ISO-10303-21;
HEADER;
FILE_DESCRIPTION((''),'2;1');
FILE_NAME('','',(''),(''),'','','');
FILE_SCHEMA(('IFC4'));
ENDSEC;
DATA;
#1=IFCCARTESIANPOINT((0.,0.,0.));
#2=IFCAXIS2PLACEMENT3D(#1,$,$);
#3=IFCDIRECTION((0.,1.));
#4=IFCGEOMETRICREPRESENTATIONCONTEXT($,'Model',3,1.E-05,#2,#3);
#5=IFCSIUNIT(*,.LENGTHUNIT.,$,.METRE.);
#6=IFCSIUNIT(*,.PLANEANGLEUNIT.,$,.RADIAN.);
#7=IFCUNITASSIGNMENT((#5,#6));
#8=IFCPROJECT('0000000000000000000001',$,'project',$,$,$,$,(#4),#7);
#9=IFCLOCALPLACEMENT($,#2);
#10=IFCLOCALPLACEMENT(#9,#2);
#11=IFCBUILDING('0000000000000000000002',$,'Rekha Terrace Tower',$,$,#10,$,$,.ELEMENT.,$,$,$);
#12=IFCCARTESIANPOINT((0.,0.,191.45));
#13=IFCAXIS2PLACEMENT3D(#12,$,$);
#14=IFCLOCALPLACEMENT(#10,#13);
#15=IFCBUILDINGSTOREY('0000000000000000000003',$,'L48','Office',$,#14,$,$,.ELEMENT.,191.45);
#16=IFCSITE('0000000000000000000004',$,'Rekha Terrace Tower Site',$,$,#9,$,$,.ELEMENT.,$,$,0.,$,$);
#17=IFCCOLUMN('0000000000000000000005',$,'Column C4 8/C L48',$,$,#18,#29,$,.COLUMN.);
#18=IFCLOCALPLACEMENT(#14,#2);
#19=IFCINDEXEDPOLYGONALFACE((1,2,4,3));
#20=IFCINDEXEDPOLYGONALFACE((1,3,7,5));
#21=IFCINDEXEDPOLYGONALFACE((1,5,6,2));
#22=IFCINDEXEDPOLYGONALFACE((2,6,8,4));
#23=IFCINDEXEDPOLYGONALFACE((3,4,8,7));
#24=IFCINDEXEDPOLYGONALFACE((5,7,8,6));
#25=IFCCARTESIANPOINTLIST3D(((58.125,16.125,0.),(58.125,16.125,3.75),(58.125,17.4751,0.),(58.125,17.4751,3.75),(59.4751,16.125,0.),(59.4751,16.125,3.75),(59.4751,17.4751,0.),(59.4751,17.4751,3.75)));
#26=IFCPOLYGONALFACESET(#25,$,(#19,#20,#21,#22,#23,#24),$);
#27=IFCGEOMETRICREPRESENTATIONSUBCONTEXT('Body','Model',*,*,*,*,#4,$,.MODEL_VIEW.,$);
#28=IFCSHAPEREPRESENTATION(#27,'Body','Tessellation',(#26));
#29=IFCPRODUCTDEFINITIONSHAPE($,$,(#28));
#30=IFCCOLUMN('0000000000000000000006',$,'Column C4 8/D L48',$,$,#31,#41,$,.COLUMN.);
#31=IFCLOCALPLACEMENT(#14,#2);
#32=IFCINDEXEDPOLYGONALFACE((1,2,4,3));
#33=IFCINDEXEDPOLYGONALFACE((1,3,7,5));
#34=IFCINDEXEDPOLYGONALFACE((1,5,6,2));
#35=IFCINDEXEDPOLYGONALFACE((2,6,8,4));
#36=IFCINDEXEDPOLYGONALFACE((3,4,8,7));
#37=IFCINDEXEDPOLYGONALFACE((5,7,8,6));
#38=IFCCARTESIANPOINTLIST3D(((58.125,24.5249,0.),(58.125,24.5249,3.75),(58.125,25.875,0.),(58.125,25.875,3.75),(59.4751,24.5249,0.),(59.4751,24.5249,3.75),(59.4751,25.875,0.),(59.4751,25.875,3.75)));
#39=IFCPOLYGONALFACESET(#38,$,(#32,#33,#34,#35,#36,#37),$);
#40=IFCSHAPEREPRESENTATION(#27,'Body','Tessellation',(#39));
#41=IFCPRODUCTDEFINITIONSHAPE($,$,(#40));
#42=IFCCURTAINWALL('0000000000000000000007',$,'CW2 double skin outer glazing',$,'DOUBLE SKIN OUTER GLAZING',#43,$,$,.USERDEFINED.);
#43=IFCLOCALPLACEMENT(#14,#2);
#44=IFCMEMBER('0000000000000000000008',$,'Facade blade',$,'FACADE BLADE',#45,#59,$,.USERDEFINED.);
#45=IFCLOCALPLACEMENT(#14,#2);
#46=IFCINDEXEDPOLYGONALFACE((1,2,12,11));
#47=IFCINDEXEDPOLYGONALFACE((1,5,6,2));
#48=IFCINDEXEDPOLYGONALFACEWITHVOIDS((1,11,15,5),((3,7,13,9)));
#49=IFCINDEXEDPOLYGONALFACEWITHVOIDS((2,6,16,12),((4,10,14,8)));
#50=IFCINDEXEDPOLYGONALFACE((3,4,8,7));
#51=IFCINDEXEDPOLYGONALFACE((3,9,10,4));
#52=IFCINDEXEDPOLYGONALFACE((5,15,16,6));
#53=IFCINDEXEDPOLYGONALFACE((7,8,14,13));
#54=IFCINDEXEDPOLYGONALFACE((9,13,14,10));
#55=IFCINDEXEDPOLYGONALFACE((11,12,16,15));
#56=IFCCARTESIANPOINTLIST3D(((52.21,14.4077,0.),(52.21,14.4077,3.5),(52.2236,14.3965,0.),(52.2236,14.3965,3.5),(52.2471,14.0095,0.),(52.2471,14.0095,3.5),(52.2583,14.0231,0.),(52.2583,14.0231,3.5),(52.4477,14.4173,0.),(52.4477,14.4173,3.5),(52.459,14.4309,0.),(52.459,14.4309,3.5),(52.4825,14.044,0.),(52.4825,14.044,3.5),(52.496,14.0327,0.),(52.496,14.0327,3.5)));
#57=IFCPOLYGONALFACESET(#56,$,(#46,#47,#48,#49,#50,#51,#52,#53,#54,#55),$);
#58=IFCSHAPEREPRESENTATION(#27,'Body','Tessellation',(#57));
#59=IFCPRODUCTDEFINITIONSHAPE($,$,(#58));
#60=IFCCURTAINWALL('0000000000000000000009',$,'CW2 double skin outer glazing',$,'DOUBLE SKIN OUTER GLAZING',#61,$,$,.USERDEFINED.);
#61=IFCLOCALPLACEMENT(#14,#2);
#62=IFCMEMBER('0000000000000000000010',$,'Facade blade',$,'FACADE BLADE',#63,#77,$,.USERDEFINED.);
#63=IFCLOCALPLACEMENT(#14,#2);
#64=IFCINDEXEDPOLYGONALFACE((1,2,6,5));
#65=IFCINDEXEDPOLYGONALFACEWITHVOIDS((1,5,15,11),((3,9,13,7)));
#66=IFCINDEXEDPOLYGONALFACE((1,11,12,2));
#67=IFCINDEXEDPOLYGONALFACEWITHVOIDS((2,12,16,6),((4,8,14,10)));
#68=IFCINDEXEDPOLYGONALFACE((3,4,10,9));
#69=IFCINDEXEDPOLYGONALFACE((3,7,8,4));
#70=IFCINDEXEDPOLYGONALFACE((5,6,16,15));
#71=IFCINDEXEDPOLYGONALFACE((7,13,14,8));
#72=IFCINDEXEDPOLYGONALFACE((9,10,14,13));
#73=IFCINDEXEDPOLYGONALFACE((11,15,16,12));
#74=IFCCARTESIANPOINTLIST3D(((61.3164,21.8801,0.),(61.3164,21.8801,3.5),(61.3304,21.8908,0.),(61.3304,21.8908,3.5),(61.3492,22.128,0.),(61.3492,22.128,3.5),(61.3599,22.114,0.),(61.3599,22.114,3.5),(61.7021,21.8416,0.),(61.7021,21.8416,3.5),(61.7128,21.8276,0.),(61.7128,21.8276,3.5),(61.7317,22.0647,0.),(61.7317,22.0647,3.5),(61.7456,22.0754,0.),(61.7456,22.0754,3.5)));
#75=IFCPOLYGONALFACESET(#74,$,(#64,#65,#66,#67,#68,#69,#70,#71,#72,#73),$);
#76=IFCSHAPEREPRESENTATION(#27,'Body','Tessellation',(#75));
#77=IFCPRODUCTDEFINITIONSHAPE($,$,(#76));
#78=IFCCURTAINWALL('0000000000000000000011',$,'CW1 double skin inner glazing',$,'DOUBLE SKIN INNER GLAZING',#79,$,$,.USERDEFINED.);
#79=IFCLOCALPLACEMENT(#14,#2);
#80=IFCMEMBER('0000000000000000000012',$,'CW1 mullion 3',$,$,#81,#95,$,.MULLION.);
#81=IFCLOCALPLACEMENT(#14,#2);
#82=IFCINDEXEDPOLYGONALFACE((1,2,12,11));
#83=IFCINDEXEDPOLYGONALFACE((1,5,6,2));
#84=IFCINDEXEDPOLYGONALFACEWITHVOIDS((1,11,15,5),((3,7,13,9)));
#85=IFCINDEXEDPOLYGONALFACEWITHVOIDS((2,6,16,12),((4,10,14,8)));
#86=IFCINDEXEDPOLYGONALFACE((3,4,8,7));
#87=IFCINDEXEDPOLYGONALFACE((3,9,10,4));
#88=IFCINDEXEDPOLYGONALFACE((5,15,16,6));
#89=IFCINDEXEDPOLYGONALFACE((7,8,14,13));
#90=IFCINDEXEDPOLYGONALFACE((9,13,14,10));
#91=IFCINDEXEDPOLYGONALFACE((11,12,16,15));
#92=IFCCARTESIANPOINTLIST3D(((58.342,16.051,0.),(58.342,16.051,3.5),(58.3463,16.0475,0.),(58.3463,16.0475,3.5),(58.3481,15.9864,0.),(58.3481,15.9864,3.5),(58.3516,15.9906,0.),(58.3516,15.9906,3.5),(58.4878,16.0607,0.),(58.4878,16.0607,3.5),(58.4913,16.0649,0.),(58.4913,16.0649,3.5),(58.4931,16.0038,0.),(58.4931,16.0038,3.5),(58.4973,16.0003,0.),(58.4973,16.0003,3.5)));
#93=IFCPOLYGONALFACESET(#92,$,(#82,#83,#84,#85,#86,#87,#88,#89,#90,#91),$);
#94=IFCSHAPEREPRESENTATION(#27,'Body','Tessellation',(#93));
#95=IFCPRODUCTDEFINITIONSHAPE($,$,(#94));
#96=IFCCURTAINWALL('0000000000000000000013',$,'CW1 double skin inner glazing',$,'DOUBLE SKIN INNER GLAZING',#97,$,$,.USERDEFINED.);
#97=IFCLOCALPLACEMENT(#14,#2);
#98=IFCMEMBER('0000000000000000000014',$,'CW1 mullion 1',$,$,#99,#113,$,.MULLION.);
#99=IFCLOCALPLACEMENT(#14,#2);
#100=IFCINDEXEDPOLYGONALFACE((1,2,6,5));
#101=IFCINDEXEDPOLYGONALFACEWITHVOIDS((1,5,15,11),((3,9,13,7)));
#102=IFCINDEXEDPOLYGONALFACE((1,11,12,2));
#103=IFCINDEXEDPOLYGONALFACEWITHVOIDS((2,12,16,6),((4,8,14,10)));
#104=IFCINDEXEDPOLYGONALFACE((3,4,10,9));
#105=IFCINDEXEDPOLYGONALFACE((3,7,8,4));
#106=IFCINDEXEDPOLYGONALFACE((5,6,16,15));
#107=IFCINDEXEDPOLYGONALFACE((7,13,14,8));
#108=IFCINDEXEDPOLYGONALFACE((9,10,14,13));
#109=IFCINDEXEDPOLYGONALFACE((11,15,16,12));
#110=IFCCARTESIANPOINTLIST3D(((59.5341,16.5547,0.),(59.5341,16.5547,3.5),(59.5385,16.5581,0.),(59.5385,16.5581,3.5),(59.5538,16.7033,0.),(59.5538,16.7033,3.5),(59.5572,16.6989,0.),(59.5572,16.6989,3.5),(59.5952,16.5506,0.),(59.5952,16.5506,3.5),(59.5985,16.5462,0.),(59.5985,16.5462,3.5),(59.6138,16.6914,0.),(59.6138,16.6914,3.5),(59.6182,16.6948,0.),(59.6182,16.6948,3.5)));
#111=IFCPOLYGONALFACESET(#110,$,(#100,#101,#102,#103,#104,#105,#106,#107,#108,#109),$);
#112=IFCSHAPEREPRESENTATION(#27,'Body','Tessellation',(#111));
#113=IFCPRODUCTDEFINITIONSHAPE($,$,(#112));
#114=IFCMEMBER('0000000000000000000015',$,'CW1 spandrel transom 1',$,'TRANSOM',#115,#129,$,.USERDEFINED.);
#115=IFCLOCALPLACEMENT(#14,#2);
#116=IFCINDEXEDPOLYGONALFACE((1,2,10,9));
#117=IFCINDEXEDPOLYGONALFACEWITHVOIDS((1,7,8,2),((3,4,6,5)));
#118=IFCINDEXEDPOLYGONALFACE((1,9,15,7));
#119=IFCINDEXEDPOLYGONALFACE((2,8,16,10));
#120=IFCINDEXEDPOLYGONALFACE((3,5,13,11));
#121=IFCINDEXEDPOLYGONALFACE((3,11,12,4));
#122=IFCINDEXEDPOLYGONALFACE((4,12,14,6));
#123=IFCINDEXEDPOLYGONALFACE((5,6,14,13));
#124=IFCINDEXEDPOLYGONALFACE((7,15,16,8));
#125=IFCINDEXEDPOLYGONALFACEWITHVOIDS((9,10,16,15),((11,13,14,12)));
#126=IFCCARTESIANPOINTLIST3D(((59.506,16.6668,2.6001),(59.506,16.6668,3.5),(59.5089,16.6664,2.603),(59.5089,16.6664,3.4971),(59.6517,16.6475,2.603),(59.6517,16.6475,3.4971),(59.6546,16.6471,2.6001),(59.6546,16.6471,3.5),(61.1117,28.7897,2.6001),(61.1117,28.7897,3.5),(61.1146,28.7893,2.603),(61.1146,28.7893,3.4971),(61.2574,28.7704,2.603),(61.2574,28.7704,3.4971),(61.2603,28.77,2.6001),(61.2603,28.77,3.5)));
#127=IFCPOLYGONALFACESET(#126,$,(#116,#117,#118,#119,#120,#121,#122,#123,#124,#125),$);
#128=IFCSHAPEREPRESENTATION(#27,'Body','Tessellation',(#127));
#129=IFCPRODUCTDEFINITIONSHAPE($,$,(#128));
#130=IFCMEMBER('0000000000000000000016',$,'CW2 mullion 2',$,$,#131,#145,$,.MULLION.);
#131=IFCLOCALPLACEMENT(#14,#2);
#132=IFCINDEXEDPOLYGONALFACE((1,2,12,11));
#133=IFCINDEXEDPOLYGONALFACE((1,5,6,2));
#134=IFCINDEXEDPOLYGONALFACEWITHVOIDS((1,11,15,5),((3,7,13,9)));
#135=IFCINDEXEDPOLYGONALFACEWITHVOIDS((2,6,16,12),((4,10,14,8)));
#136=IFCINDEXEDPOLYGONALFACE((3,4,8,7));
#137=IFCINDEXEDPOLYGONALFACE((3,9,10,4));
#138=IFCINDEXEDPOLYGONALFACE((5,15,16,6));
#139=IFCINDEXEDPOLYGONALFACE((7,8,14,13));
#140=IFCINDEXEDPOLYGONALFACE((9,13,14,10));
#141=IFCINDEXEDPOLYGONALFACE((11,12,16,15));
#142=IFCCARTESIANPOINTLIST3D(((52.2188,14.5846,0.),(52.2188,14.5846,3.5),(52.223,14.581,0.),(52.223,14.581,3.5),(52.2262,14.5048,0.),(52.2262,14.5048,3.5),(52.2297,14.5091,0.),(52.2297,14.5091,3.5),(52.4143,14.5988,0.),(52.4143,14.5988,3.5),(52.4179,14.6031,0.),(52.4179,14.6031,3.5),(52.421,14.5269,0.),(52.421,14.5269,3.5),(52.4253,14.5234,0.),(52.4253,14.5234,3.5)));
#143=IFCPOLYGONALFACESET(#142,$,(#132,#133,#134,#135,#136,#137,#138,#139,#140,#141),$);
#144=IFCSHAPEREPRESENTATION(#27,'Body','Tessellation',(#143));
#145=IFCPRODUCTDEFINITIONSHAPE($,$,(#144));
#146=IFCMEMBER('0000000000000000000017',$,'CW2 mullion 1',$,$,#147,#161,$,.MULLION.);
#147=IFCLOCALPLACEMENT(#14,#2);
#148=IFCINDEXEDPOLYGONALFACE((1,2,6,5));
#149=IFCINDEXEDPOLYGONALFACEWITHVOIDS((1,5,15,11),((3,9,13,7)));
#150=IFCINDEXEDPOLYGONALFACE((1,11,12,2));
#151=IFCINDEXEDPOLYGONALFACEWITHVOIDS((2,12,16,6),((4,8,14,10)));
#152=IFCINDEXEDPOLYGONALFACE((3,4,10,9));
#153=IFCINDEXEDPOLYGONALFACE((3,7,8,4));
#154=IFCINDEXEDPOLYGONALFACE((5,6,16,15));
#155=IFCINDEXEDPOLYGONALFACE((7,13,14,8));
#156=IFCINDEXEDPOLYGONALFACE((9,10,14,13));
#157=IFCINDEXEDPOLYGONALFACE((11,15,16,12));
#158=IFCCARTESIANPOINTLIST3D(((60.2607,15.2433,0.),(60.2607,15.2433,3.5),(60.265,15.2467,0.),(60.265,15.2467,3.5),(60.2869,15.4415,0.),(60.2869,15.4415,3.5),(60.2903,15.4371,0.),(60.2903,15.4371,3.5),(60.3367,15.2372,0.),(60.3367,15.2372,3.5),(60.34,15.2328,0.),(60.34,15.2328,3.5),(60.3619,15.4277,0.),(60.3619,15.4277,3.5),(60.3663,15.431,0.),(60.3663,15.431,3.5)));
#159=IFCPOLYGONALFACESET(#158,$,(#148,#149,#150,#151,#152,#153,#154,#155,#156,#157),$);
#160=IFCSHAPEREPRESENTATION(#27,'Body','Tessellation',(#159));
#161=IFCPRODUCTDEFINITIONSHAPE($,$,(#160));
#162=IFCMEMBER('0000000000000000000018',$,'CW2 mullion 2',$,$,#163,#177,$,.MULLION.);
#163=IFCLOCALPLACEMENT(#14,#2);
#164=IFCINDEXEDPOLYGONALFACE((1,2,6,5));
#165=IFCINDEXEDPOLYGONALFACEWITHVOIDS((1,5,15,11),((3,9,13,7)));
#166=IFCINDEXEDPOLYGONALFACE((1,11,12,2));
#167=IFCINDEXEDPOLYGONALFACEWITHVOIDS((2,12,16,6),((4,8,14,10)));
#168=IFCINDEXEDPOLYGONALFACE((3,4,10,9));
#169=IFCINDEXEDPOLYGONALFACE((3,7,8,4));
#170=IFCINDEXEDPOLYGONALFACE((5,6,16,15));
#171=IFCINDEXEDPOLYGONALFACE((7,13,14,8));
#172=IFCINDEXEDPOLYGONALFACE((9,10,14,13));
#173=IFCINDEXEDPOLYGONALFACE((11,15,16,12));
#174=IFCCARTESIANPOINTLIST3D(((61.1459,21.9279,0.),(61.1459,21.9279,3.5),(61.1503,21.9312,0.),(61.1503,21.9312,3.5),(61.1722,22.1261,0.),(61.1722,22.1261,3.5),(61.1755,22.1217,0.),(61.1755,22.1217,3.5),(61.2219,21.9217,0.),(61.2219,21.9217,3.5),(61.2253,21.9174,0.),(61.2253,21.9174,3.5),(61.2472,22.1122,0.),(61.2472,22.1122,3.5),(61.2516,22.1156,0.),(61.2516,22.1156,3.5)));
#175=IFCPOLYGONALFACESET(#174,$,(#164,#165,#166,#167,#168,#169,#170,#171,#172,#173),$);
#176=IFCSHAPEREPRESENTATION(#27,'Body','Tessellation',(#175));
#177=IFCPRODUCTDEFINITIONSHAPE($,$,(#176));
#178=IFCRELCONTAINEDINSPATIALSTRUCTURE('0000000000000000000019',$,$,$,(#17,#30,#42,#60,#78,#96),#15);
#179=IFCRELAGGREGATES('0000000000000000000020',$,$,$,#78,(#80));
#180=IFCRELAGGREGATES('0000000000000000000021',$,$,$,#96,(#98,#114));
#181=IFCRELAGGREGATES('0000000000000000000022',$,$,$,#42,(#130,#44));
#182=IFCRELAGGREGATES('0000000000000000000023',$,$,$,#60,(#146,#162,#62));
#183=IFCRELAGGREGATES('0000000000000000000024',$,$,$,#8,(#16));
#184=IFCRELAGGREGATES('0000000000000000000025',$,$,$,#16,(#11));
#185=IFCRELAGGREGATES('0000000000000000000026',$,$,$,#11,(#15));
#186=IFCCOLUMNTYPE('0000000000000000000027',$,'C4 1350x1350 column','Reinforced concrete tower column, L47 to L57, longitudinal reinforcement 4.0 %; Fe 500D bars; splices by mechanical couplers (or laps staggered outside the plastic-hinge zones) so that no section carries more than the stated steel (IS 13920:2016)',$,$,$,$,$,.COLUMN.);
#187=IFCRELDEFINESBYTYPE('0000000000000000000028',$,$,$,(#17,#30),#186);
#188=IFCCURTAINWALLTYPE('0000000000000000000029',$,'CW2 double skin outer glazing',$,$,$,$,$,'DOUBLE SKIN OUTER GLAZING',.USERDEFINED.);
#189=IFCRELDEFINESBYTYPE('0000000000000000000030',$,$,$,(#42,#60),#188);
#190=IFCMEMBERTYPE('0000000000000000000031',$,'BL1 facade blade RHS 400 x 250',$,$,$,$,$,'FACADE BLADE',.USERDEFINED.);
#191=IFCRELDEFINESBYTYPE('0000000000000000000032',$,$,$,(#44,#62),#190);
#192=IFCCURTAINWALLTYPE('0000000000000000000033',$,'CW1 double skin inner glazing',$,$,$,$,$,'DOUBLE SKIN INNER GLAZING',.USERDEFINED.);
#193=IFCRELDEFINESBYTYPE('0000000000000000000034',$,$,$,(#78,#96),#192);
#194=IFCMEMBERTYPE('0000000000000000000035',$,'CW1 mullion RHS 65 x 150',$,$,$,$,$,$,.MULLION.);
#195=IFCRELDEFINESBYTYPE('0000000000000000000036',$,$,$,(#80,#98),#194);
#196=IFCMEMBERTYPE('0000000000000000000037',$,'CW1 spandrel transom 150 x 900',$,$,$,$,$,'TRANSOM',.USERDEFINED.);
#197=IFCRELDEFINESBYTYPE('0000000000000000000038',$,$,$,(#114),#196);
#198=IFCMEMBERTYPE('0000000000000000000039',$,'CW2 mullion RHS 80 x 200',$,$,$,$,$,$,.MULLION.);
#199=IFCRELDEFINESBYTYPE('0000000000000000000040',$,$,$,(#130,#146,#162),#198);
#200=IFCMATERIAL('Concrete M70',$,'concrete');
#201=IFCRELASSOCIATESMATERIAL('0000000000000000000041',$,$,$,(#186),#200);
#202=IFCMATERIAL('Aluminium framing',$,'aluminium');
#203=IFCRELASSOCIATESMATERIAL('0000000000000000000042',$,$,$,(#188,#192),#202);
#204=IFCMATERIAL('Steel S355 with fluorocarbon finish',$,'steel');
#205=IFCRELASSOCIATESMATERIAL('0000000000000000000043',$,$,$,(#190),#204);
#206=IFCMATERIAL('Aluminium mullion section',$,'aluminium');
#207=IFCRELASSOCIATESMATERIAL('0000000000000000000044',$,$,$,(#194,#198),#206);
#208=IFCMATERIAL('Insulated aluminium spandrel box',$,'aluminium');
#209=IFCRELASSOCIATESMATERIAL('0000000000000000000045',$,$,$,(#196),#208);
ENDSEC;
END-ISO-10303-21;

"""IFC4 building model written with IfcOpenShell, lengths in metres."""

from ifc_helpers import new_model, si_unit, direction, frame, origin, origin_2d, place, context, subcontext, project, spatial, rectangle, hollow_rectangle, extrude, material, material_profile, profile_set, type_object, element, aggregate, save


model = new_model("IFC4")

# Units and contexts
model_context = context("Model", 3, precision=1e-05, world=origin(), true_north=direction((0.0, 1.0)))
body_context = subcontext(model_context, "Body", "Model", "MODEL_VIEW")
ifc_project = project(units=[si_unit("LENGTHUNIT", "METRE"), si_unit("PLANEANGLEUNIT", "RADIAN")], contexts=[model_context])

# Site, building, storey
site_placement = place(None, origin())
site = spatial("IfcSite", under=ifc_project, at=site_placement, Name="Rekha Terrace Tower Site", CompositionType="ELEMENT", RefElevation=0.0)
building_placement = place(site_placement, origin())
building = spatial("IfcBuilding", under=site, at=building_placement, Name="Rekha Terrace Tower", CompositionType="ELEMENT")
storey_placement = place(building_placement, frame((0.0, 0.0, 191.45)))
storey = spatial("IfcBuildingStorey", under=building, at=storey_placement, Name="L48", Description="Office", CompositionType="ELEMENT", Elevation=191.45)

# Columns
ifc_material_1 = material(Name="Concrete M70", Category="concrete")
ifc_material_profile_1 = material_profile(ifc_material_1, rectangle(XDim=1.3501, YDim=1.3501, at=origin_2d()), Name="RC 1350x1350")
ifc_profile_set_1 = profile_set([ifc_material_profile_1], Name="Concrete M70")
column_type = type_object("IfcColumnType", Name="C4 1350x1350 column", Description="Reinforced concrete tower column, L47 to L57, longitudinal reinforcement 4.0 %; Fe 500D bars; splices by mechanical couplers (or laps staggered outside the plastic-hinge zones) so that no section carries more than the stated steel (IS 13920:2016)", PredefinedType="COLUMN", material=ifc_profile_set_1)
for number, where, z_axis, x_axis, name in (
    (1, (58.8, 16.8, 0.0), (0.0, 0.0, 1.0), (1.0, 0.0, 0.0), "Column C4 8/C L48"),
    (2, (58.8, 25.2, 0.0), (0.0, 0.0, 1.0), (1.0, 0.0, 0.0), "Column C4 8/D L48"),
):
    element("IfcColumn", number, at=place(storey_placement, frame(where, z_axis=z_axis, x_axis=x_axis)), inside=storey, type_object=column_type, Name=name, PredefinedType="COLUMN", context=body_context, shape_type="SweptSolid", body=[
        extrude(rectangle(XDim=1.3501, YDim=1.3501, at=origin_2d()), origin(), (0.0, 0.0, 1.0), 3.75),
    ])

# Curtain walls, members
ifc_material_2 = material(Name="Aluminium framing", Category="aluminium")
curtain_wall_type_1 = type_object("IfcCurtainWallType", Name="CW2 double skin outer glazing", ElementType="DOUBLE SKIN OUTER GLAZING", PredefinedType="USERDEFINED", material=ifc_material_2)
curtain_wall_1_placement = place(storey_placement, origin())
curtain_wall_1 = element("IfcCurtainWall", 3, at=curtain_wall_1_placement, inside=storey, type_object=curtain_wall_type_1, Name="CW2 double skin outer glazing", ObjectType="DOUBLE SKIN OUTER GLAZING", PredefinedType="USERDEFINED")
ifc_material_3 = material(Name="Steel S355 with fluorocarbon finish", Category="steel")
ifc_material_profile_2 = material_profile(ifc_material_3, hollow_rectangle(XDim=0.25, YDim=0.3999, WallThickness=0.0125, at=origin_2d()), Name="RHS400x250x12.5")
ifc_profile_set_2 = profile_set([ifc_material_profile_2], Name="Steel S355 with fluorocarbon finish")
member_type_1 = type_object("IfcMemberType", Name="BL1 facade blade RHS 400 x 250", ElementType="FACADE BLADE", PredefinedType="USERDEFINED", material=ifc_profile_set_2)
member_1_placement = place(storey_placement, frame((52.353, 14.2202, 0.0), z_axis=(0.0, 0.0, 1.0), x_axis=(0.995693, 0.092709, 0.0)))
member_1 = element("IfcMember", 4, at=member_1_placement, type_object=member_type_1, Name="Facade blade", ObjectType="FACADE BLADE", PredefinedType="USERDEFINED", context=body_context, shape_type="SweptSolid", body=[
    extrude(hollow_rectangle(XDim=0.25, YDim=0.3999, WallThickness=0.0125, at=origin_2d()), origin(), (0.0, 0.0, 1.0), 3.5),
])
curtain_wall_2_placement = place(storey_placement, origin())
curtain_wall_2 = element("IfcCurtainWall", 5, at=curtain_wall_2_placement, inside=storey, type_object=curtain_wall_type_1, Name="CW2 double skin outer glazing", ObjectType="DOUBLE SKIN OUTER GLAZING", PredefinedType="USERDEFINED")
member_2_placement = place(storey_placement, frame((61.531, 21.9778, 0.0), z_axis=(0.0, 0.0, 1.0), x_axis=(0.131303, 0.991342, 0.0)))
member_2 = element("IfcMember", 6, at=member_2_placement, type_object=member_type_1, Name="Facade blade", ObjectType="FACADE BLADE", PredefinedType="USERDEFINED", context=body_context, shape_type="SweptSolid", body=[
    extrude(hollow_rectangle(XDim=0.25, YDim=0.3999, WallThickness=0.0125, at=origin_2d()), origin(), (0.0, 0.0, 1.0), 3.5),
])
curtain_wall_type_2 = type_object("IfcCurtainWallType", Name="CW1 double skin inner glazing", ElementType="DOUBLE SKIN INNER GLAZING", PredefinedType="USERDEFINED", material=ifc_material_2)
curtain_wall_3_placement = place(storey_placement, origin())
curtain_wall_3 = element("IfcCurtainWall", 7, at=curtain_wall_3_placement, inside=storey, type_object=curtain_wall_type_2, Name="CW1 double skin inner glazing", ObjectType="DOUBLE SKIN INNER GLAZING", PredefinedType="USERDEFINED")
ifc_material_4 = material(Name="Aluminium mullion section", Category="aluminium")
ifc_material_profile_3 = material_profile(ifc_material_4, hollow_rectangle(XDim=0.0649, YDim=0.1499, WallThickness=0.0039, at=origin_2d()), Name="AL RHS 65x150")
ifc_profile_set_3 = profile_set([ifc_material_profile_3], Name="Aluminium mullion section")
member_type_2 = type_object("IfcMemberType", Name="CW1 mullion RHS 65 x 150", PredefinedType="MULLION", material=ifc_profile_set_3)
member_3_placement = place(storey_placement, frame((58.4197, 16.0256, 0.0), z_axis=(0.0, 0.0, 1.0), x_axis=(-0.092709, 0.995693, 0.0)))
member_3 = element("IfcMember", 8, at=member_3_placement, type_object=member_type_2, Name="CW1 mullion 3", PredefinedType="MULLION", context=body_context, shape_type="SweptSolid", body=[
    extrude(hollow_rectangle(XDim=0.0649, YDim=0.1499, WallThickness=0.0039, at=origin_2d()), origin(), (0.0, 0.0, 1.0), 3.5),
])

# Curtain wall, members
curtain_wall_4_placement = place(storey_placement, origin())
curtain_wall_4 = element("IfcCurtainWall", 9, at=curtain_wall_4_placement, inside=storey, type_object=curtain_wall_type_2, Name="CW1 double skin inner glazing", ObjectType="DOUBLE SKIN INNER GLAZING", PredefinedType="USERDEFINED")
member_4_placement = place(storey_placement, frame((59.5762, 16.6248, 0.0), z_axis=(0.0, 0.0, 1.0), x_axis=(-0.991342, 0.131304, 0.0)))
member_4 = element("IfcMember", 10, at=member_4_placement, type_object=member_type_2, Name="CW1 mullion 1", PredefinedType="MULLION", context=body_context, shape_type="SweptSolid", body=[
    extrude(hollow_rectangle(XDim=0.0649, YDim=0.1499, WallThickness=0.0039, at=origin_2d()), origin(), (0.0, 0.0, 1.0), 3.5),
])
ifc_material_5 = material(Name="Insulated aluminium spandrel box", Category="aluminium")
ifc_material_profile_4 = material_profile(ifc_material_5, hollow_rectangle(XDim=0.1499, YDim=0.8999, WallThickness=0.0029, at=origin_2d()), Name="AL SPANDREL BOX 150x900")
ifc_profile_set_4 = profile_set([ifc_material_profile_4], Name="Insulated aluminium spandrel box")
member_type_3 = type_object("IfcMemberType", Name="CW1 spandrel transom 150 x 900", ElementType="TRANSOM", PredefinedType="USERDEFINED", material=ifc_profile_set_4)
member_5_placement = place(storey_placement, frame((59.5803, 16.657, 3.05), z_axis=(0.131307, 0.991342, 0.0), x_axis=(-0.991342, 0.131307, 0.0)))
member_5 = element("IfcMember", 11, at=member_5_placement, type_object=member_type_3, Name="CW1 spandrel transom 1", ObjectType="TRANSOM", PredefinedType="USERDEFINED", context=body_context, shape_type="SweptSolid", body=[
    extrude(hollow_rectangle(XDim=0.1499, YDim=0.8999, WallThickness=0.0029, at=origin_2d()), origin(), (0.0, 0.0, 1.0), 12.2288),
])

# Members
ifc_material_profile_5 = material_profile(ifc_material_4, hollow_rectangle(XDim=0.0801, YDim=0.2, WallThickness=0.0039, at=origin_2d()), Name="AL RHS 80x200")
ifc_profile_set_5 = profile_set([ifc_material_profile_5], Name="Aluminium mullion section")
member_type_4 = type_object("IfcMemberType", Name="CW2 mullion RHS 80 x 200", PredefinedType="MULLION", material=ifc_profile_set_5)
member_6_placement = place(storey_placement, frame((52.322, 14.554, 0.0), z_axis=(0.0, 0.0, 1.0), x_axis=(-0.092709, 0.995693, 0.0)))
member_6 = element("IfcMember", 12, at=member_6_placement, type_object=member_type_4, Name="CW2 mullion 2", PredefinedType="MULLION", context=body_context, shape_type="SweptSolid", body=[
    extrude(hollow_rectangle(XDim=0.0801, YDim=0.2, WallThickness=0.0039, at=origin_2d()), origin(), (0.0, 0.0, 1.0), 3.5),
])
member_7_placement = place(storey_placement, frame((60.3135, 15.3372, 0.0), z_axis=(0.0, 0.0, 1.0), x_axis=(-0.991342, 0.131304, 0.0)))
member_7 = element("IfcMember", 13, at=member_7_placement, type_object=member_type_4, Name="CW2 mullion 1", PredefinedType="MULLION", context=body_context, shape_type="SweptSolid", body=[
    extrude(hollow_rectangle(XDim=0.0801, YDim=0.2, WallThickness=0.0039, at=origin_2d()), origin(), (0.0, 0.0, 1.0), 3.5),
])
member_8_placement = place(storey_placement, frame((61.1987, 22.0217, 0.0), z_axis=(0.0, 0.0, 1.0), x_axis=(-0.991342, 0.131304, 0.0)))
member_8 = element("IfcMember", 14, at=member_8_placement, type_object=member_type_4, Name="CW2 mullion 2", PredefinedType="MULLION", context=body_context, shape_type="SweptSolid", body=[
    extrude(hollow_rectangle(XDim=0.0801, YDim=0.2, WallThickness=0.0039, at=origin_2d()), origin(), (0.0, 0.0, 1.0), 3.5),
])

aggregate(curtain_wall_3, [member_3])
aggregate(curtain_wall_4, [member_4, member_5])
aggregate(curtain_wall_1, [member_6, member_1])
aggregate(curtain_wall_2, [member_7, member_8, member_2])

save(model, "model.ifc")
